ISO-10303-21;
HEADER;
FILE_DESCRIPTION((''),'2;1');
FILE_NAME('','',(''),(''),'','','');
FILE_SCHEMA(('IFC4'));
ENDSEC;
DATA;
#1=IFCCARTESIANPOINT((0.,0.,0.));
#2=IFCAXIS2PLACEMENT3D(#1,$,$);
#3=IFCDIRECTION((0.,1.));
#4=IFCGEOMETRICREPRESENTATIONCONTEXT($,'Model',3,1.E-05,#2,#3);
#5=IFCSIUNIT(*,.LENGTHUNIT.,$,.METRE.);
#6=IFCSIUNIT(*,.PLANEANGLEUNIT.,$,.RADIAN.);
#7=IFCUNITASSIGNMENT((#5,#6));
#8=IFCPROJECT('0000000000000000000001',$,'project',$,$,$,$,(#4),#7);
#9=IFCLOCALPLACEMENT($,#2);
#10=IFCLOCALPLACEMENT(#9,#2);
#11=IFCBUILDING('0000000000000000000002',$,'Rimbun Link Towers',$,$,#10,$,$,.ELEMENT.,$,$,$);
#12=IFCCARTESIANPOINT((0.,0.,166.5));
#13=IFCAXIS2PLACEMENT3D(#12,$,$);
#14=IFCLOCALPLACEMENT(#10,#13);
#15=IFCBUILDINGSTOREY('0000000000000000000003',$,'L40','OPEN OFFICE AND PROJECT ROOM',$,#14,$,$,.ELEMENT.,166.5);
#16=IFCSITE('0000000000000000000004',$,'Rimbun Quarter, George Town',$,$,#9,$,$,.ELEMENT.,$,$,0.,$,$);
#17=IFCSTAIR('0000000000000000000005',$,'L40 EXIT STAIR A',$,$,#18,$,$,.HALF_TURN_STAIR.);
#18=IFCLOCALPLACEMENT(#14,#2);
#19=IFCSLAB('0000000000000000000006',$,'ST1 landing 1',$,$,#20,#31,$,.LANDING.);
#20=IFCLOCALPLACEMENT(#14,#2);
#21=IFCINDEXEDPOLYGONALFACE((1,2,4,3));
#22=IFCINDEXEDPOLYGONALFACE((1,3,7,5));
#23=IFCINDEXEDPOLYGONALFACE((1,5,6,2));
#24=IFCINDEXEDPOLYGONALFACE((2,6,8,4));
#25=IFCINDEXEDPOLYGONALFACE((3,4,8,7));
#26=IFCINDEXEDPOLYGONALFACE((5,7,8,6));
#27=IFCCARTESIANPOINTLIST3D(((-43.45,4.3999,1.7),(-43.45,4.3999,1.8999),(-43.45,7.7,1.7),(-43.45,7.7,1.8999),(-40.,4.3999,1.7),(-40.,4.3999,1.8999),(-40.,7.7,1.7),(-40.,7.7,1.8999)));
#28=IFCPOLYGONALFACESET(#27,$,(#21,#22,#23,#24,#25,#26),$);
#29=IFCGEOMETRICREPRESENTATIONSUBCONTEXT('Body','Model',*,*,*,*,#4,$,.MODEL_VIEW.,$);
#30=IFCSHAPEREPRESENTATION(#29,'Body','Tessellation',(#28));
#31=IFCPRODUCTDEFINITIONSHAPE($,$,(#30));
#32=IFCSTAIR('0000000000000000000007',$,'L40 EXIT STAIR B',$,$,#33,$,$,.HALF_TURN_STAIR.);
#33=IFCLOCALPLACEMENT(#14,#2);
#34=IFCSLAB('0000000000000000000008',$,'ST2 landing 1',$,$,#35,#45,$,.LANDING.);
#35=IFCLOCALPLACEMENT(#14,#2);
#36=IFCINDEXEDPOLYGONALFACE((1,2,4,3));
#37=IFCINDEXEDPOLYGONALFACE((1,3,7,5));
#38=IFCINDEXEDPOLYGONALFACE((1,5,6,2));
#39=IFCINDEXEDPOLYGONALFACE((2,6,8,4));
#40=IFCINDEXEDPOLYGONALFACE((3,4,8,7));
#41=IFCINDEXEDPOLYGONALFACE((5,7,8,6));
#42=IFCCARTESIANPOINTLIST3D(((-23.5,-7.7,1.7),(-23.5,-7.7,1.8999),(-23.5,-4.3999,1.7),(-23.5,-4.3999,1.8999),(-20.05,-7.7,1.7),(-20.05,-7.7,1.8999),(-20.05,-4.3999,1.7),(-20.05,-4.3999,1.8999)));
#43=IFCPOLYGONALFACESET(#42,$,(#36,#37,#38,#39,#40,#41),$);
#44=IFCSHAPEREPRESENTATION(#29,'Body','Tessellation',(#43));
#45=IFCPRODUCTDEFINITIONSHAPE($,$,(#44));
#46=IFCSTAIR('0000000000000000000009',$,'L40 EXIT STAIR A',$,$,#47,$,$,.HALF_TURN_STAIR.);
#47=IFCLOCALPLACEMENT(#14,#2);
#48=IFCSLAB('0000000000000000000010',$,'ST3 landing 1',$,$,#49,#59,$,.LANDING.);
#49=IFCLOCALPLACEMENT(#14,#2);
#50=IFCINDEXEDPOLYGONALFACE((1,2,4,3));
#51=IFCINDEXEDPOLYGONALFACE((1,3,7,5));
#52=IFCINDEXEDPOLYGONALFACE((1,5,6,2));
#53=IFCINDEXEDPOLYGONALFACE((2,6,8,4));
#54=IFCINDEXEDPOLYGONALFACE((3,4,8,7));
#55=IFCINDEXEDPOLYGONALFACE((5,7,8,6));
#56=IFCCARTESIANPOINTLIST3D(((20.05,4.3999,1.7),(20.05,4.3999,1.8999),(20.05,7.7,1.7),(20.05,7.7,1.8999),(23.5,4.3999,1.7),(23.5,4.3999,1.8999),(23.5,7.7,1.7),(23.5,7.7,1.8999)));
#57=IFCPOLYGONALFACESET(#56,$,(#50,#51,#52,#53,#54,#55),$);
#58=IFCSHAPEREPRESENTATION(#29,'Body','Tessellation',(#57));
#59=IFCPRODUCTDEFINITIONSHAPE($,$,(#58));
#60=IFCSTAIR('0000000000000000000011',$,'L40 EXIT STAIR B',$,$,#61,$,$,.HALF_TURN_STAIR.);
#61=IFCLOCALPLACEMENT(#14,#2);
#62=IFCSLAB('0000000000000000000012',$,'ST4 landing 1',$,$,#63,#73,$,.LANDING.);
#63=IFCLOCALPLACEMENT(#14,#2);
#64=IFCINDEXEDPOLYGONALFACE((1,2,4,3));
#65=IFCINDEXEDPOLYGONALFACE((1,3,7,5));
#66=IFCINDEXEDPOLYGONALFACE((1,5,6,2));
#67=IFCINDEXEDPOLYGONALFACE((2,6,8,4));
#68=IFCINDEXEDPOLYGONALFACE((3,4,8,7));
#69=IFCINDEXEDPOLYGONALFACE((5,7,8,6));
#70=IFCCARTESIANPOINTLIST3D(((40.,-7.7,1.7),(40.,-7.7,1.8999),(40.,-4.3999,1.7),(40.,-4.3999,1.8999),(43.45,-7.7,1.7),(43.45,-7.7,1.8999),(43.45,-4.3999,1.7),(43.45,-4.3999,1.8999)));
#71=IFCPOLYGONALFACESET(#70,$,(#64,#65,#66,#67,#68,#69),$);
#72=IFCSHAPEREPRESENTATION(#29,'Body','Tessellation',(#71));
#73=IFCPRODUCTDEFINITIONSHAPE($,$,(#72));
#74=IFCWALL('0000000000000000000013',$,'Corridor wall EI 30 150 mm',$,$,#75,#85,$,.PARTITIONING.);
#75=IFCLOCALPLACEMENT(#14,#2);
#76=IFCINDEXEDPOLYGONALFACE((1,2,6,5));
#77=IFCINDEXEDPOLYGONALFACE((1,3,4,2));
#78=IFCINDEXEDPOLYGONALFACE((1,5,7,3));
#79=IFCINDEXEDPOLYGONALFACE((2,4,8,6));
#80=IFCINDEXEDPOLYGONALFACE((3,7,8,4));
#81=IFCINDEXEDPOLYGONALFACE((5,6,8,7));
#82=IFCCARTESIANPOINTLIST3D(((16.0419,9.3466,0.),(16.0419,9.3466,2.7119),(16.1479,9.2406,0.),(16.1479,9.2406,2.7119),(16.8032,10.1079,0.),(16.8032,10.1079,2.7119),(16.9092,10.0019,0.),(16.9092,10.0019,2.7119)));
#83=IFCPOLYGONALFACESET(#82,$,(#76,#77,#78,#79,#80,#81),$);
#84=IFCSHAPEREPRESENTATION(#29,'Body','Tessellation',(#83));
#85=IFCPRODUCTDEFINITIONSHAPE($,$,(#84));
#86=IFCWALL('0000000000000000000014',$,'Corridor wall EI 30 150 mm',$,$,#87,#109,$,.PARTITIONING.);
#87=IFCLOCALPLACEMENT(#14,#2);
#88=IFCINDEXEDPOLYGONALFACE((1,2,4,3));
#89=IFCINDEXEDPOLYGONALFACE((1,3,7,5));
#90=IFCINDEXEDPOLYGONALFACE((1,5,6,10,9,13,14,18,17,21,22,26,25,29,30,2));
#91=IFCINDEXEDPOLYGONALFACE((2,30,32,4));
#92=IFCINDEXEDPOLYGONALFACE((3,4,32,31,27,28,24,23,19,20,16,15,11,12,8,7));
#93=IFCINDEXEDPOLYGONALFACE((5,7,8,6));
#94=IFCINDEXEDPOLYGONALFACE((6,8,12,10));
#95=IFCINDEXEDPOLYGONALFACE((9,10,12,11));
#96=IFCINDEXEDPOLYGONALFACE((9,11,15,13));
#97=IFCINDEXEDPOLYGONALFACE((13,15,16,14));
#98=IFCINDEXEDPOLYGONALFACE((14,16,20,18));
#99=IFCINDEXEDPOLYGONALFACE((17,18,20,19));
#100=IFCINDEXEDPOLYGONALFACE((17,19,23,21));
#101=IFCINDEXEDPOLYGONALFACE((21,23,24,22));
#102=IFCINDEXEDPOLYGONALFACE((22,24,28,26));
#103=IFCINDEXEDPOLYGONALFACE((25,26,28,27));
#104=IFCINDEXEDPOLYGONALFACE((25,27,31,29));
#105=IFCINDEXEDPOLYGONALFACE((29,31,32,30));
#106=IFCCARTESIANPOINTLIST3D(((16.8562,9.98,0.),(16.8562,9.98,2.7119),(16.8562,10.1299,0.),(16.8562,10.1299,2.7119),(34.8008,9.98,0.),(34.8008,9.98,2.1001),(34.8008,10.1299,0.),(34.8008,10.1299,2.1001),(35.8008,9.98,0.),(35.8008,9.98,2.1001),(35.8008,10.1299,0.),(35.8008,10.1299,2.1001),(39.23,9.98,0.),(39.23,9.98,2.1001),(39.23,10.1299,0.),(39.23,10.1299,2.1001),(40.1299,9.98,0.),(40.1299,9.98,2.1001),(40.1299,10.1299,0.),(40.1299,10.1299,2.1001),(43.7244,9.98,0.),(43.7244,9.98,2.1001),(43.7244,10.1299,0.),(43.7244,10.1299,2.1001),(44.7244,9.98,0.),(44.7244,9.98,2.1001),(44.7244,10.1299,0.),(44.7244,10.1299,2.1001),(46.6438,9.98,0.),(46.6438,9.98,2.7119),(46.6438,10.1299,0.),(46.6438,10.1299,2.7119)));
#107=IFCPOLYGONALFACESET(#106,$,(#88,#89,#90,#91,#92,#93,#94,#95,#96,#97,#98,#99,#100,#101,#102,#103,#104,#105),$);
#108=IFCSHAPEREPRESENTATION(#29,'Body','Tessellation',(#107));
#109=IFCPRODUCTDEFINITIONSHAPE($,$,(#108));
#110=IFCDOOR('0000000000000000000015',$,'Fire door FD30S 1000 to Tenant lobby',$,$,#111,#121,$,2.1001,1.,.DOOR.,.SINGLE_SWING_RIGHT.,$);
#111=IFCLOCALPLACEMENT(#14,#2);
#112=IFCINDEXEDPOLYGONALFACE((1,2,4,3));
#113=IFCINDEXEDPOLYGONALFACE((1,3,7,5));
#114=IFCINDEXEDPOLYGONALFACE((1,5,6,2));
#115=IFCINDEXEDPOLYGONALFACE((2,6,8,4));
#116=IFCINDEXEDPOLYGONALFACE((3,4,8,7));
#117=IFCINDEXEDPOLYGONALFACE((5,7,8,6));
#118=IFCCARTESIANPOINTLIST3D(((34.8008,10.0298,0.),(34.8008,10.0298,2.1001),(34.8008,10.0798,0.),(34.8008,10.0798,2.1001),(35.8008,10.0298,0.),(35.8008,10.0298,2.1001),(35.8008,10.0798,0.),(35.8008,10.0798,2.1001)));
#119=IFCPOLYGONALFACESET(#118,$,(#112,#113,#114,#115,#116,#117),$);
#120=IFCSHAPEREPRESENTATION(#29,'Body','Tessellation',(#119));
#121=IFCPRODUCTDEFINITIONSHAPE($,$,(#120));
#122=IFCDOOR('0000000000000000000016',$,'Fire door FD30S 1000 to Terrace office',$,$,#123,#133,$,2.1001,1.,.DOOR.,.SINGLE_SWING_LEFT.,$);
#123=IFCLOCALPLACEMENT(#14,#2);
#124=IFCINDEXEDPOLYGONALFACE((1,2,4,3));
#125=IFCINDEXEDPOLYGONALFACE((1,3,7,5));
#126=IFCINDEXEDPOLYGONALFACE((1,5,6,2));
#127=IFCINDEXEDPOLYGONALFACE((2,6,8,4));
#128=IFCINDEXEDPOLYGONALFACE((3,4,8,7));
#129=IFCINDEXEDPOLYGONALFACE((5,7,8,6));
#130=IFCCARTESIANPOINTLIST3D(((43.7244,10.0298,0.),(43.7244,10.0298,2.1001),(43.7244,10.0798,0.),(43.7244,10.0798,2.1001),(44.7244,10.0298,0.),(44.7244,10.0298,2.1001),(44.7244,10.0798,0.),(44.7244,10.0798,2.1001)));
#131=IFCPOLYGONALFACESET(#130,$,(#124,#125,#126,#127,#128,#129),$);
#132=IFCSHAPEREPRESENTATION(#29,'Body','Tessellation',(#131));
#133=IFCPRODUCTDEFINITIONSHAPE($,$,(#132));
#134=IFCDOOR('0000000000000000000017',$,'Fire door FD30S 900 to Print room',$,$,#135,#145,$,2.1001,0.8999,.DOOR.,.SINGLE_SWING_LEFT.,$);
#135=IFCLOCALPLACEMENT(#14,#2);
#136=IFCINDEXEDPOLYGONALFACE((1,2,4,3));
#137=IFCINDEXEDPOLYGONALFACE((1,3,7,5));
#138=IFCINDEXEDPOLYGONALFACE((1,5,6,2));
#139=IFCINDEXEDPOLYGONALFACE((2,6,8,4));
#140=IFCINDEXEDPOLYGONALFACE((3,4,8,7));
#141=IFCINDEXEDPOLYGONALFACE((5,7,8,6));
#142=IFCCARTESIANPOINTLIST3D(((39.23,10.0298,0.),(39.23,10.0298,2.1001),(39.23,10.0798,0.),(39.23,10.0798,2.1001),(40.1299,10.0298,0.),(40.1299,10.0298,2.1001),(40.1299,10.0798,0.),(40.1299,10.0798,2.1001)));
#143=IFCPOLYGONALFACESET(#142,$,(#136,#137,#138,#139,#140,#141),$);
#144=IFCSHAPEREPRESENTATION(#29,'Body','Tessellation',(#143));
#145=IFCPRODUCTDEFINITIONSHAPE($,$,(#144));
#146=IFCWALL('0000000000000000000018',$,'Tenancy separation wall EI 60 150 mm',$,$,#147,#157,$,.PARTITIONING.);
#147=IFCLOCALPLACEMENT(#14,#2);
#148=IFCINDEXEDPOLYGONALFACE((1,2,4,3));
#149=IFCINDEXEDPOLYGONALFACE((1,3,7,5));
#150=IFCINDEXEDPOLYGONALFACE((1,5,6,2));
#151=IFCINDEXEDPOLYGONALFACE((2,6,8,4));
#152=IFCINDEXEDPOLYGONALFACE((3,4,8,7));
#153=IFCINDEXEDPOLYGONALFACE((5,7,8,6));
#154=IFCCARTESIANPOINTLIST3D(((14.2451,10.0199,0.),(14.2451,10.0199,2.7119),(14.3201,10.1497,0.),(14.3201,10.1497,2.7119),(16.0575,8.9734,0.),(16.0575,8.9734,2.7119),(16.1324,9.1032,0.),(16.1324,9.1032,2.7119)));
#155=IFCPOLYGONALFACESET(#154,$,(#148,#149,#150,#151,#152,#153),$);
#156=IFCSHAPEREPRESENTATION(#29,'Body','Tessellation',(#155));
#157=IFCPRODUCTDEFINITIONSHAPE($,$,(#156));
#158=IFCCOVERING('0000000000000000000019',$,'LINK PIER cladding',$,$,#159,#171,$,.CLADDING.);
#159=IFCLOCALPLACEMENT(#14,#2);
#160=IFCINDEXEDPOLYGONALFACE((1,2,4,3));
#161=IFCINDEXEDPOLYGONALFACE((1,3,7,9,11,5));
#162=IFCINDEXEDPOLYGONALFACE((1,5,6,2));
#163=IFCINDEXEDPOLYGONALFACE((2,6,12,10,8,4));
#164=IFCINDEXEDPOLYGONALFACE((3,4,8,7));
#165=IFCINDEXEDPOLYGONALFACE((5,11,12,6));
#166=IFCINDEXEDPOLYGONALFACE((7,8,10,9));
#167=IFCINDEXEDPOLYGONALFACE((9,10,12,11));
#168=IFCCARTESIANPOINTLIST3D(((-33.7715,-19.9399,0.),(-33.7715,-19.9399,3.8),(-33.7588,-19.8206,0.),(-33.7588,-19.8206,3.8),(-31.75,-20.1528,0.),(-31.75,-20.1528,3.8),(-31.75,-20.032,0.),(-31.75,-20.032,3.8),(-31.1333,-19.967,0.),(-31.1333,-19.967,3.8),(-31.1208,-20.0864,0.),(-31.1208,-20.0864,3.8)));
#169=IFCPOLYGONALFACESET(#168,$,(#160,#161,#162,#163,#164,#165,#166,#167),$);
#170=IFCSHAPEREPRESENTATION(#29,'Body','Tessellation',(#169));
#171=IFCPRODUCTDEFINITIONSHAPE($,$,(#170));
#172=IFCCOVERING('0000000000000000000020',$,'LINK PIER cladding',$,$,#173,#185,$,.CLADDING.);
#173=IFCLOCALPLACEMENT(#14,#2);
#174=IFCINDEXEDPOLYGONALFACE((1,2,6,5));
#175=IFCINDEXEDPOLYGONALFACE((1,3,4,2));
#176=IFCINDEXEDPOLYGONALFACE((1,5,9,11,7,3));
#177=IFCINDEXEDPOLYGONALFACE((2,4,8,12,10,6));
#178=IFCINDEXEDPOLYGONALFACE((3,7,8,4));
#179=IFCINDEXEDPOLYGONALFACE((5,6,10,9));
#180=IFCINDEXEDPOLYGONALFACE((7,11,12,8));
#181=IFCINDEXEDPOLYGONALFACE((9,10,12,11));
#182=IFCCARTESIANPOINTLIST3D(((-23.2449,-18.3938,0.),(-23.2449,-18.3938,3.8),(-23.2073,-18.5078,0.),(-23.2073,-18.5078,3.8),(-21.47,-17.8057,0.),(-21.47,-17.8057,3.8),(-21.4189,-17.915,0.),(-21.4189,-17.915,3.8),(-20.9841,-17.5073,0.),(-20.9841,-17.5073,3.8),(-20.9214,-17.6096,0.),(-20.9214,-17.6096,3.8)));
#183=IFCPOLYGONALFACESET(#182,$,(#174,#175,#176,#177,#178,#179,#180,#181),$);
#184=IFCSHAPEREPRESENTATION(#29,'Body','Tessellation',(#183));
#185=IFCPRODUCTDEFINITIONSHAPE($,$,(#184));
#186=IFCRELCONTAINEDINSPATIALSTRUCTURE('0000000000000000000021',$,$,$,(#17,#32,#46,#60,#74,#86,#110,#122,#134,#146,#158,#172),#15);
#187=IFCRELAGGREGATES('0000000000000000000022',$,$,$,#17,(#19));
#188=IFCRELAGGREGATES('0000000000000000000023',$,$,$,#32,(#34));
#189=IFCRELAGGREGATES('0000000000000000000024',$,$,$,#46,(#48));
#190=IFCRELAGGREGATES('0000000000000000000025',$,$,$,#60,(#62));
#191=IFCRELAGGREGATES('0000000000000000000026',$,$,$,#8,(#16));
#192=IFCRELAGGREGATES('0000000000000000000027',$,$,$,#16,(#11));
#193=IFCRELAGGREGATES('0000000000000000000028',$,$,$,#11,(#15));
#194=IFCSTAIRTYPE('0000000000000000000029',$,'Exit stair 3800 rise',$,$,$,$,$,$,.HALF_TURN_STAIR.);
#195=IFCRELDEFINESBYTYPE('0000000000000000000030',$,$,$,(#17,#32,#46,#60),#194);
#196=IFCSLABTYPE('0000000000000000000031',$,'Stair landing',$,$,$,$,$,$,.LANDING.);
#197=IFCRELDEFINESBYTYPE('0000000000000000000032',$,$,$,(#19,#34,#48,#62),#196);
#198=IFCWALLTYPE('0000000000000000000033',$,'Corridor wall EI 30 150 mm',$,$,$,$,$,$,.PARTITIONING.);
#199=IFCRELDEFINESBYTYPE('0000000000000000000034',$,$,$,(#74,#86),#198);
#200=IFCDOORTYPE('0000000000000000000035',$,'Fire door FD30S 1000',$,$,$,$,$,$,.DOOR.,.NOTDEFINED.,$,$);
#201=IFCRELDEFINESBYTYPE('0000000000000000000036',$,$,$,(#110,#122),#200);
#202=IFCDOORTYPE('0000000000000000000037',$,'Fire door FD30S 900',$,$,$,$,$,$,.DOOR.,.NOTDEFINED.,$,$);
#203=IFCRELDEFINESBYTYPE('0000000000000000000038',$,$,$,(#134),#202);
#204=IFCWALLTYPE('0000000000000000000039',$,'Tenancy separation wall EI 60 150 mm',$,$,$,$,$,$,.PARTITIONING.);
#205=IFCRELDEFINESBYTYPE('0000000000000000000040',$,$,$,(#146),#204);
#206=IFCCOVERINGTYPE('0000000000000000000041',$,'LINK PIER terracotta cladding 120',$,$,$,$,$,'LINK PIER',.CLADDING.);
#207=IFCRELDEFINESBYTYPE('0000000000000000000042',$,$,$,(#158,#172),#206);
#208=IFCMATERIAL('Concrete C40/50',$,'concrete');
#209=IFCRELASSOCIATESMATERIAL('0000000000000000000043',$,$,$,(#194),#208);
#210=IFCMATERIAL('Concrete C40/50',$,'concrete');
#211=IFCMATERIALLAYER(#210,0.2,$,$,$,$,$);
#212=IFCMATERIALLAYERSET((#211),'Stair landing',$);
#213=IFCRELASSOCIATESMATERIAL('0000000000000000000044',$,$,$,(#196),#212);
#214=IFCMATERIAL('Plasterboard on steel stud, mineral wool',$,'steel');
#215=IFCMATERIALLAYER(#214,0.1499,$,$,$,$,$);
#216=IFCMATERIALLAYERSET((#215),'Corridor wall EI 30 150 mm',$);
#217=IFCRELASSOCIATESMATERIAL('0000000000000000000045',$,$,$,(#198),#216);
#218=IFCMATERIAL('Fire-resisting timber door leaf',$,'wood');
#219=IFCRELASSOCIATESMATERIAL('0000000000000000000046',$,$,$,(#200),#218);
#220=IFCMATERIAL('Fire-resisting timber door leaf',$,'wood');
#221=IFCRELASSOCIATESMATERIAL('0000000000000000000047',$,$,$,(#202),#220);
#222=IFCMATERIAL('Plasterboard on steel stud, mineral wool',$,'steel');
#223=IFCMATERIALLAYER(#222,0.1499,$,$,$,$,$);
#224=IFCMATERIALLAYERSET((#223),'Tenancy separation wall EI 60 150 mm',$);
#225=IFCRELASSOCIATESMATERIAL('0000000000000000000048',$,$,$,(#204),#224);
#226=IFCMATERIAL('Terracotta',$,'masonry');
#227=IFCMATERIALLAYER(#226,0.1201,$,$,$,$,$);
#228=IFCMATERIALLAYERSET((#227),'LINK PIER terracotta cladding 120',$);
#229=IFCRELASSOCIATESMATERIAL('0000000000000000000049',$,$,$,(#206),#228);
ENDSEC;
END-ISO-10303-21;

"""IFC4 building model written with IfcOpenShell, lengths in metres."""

from ifc_helpers import new_model, si_unit, direction, frame, frame_2d, origin, place, context, subcontext, project, spatial, polyline, rectangle, outline, extrude, material, layer, layer_set, type_object, element, fill, aggregate, save


model = new_model("IFC4")

# Units and contexts
model_context = context("Model", 3, precision=1e-05, world=origin(), true_north=direction((0.0, 1.0)))
body_context = subcontext(model_context, "Body", "Model", "MODEL_VIEW")
ifc_project = project(units=[si_unit("LENGTHUNIT", "METRE"), si_unit("PLANEANGLEUNIT", "RADIAN")], contexts=[model_context])

# Site, building, storey
site_placement = place(None, origin())
site = spatial("IfcSite", under=ifc_project, at=site_placement, Name="Rimbun Quarter, George Town", CompositionType="ELEMENT", RefElevation=0.0)
building_placement = place(site_placement, origin())
building = spatial("IfcBuilding", under=site, at=building_placement, Name="Rimbun Link Towers", CompositionType="ELEMENT")
storey_placement = place(building_placement, frame((0.0, 0.0, 166.5)))
storey = spatial("IfcBuildingStorey", under=building, at=storey_placement, Name="L40", Description="OPEN OFFICE AND PROJECT ROOM", CompositionType="ELEMENT", Elevation=166.5)

# Stairs, slabs
ifc_material_1 = material(Name="Concrete C40/50", Category="concrete")
stair_type = type_object("IfcStairType", Name="Exit stair 3800 rise", PredefinedType="HALF_TURN_STAIR", material=ifc_material_1)
stair_1_placement = place(storey_placement, origin())
stair_1 = element("IfcStair", 1, at=stair_1_placement, inside=storey, type_object=stair_type, Name="L40 EXIT STAIR A", PredefinedType="HALF_TURN_STAIR")
ifc_material_2 = material(Name="Concrete C40/50", Category="concrete")
ifc_layer_1 = layer(ifc_material_2, 0.2)
ifc_layer_set_1 = layer_set([ifc_layer_1], Name="Stair landing")
slab_type = type_object("IfcSlabType", Name="Stair landing", PredefinedType="LANDING", material=ifc_layer_set_1)
slab_1_placement = place(storey_placement, frame((0.0, 0.0, 1.7)))
slab_1 = element("IfcSlab", 2, at=slab_1_placement, type_object=slab_type, Name="ST1 landing 1", PredefinedType="LANDING", context=body_context, shape_type="SweptSolid", body=[
    extrude(outline(polyline([(-40.0, 7.7), (-43.45, 7.7), (-43.45, 4.3999), (-40.0, 4.3999), (-40.0, 7.7)])), origin(), (0.0, 0.0, 1.0), 0.2),
])
aggregate(stair_1, [slab_1])
stair_2_placement = place(storey_placement, origin())
stair_2 = element("IfcStair", 3, at=stair_2_placement, inside=storey, type_object=stair_type, Name="L40 EXIT STAIR B", PredefinedType="HALF_TURN_STAIR")
slab_2_placement = place(storey_placement, frame((0.0, 0.0, 1.7)))
slab_2 = element("IfcSlab", 4, at=slab_2_placement, type_object=slab_type, Name="ST2 landing 1", PredefinedType="LANDING", context=body_context, shape_type="SweptSolid", body=[
    extrude(outline(polyline([(-23.5, -7.7), (-20.05, -7.7), (-20.05, -4.3999), (-23.5, -4.3999), (-23.5, -7.7)])), origin(), (0.0, 0.0, 1.0), 0.2),
])
aggregate(stair_2, [slab_2])
stair_3_placement = place(storey_placement, origin())
stair_3 = element("IfcStair", 5, at=stair_3_placement, inside=storey, type_object=stair_type, Name="L40 EXIT STAIR A", PredefinedType="HALF_TURN_STAIR")
slab_3_placement = place(storey_placement, frame((0.0, 0.0, 1.7)))
slab_3 = element("IfcSlab", 6, at=slab_3_placement, type_object=slab_type, Name="ST3 landing 1", PredefinedType="LANDING", context=body_context, shape_type="SweptSolid", body=[
    extrude(outline(polyline([(23.5, 7.7), (20.05, 7.7), (20.05, 4.3999), (23.5, 4.3999), (23.5, 7.7)])), origin(), (0.0, 0.0, 1.0), 0.2),
])
aggregate(stair_3, [slab_3])
stair_4_placement = place(storey_placement, origin())
stair_4 = element("IfcStair", 7, at=stair_4_placement, inside=storey, type_object=stair_type, Name="L40 EXIT STAIR B", PredefinedType="HALF_TURN_STAIR")
slab_4_placement = place(storey_placement, frame((0.0, 0.0, 1.7)))
slab_4 = element("IfcSlab", 8, at=slab_4_placement, type_object=slab_type, Name="ST4 landing 1", PredefinedType="LANDING", context=body_context, shape_type="SweptSolid", body=[
    extrude(outline(polyline([(40.0, -7.7), (43.45, -7.7), (43.45, -4.3999), (40.0, -4.3999), (40.0, -7.7)])), origin(), (0.0, 0.0, 1.0), 0.2),
])
aggregate(stair_4, [slab_4])

# Wall
ifc_material_3 = material(Name="Plasterboard on steel stud, mineral wool", Category="steel")
ifc_layer_2 = layer(ifc_material_3, 0.1499)
ifc_layer_set_2 = layer_set([ifc_layer_2], Name="Corridor wall EI 30 150 mm")
wall_type_1 = type_object("IfcWallType", Name="Corridor wall EI 30 150 mm", PredefinedType="PARTITIONING", material=ifc_layer_set_2)
wall_1_placement = place(storey_placement, frame((16.8562, 10.0549, 0.0), z_axis=(0.0, 0.0, 1.0), x_axis=(-0.707107, -0.707107, 0.0)))
element("IfcWall", 9, at=wall_1_placement, inside=storey, type_object=wall_type_1, Name="Corridor wall EI 30 150 mm", PredefinedType="PARTITIONING", context=body_context, shape_type="SweptSolid", body=[
    extrude(rectangle(XDim=1.0767, YDim=0.1499, at=frame_2d((0.5383, 0.0))), origin(), (0.0, 0.0, 1.0), 2.7119),
])

# Wall, openings, doors
wall_2_placement = place(storey_placement, frame((16.8562, 10.0549, 0.0), z_axis=(0.0, 0.0, 1.0), x_axis=(1.0, 0.0, 0.0)))
wall_2 = element("IfcWall", 10, at=wall_2_placement, inside=storey, type_object=wall_type_1, Name="Corridor wall EI 30 150 mm", PredefinedType="PARTITIONING", context=body_context, shape_type="SweptSolid", body=[
    extrude(rectangle(XDim=29.7876, YDim=0.1499, at=frame_2d((14.8938, 0.0))), origin(), (0.0, 0.0, 1.0), 2.7119),
])
opening_1_placement = place(wall_2_placement, frame((22.3738, 0.0, 0.0)))
opening_1 = element("IfcOpeningElement", 11, at=opening_1_placement, cuts=wall_2, PredefinedType="OPENING", context=body_context, shape_type="SweptSolid", body=[
    extrude(rectangle(XDim=0.8999, YDim=2.1001, at=frame_2d((0.45, 1.05))), frame((0.0, 0.085, 0.0), z_axis=(0.0, -1.0, 0.0), x_axis=(1.0, 0.0, 0.0)), (0.0, 0.0, 1.0), 0.1699),
])
opening_2_placement = place(wall_2_placement, frame((17.9446, 0.0, 0.0)))
opening_2 = element("IfcOpeningElement", 12, at=opening_2_placement, cuts=wall_2, PredefinedType="OPENING", context=body_context, shape_type="SweptSolid", body=[
    extrude(rectangle(XDim=1.0, YDim=2.1001, at=frame_2d((0.5, 1.05))), frame((0.0, 0.085, 0.0), z_axis=(0.0, -1.0, 0.0), x_axis=(1.0, 0.0, 0.0)), (0.0, 0.0, 1.0), 0.1699),
])
opening_3_placement = place(wall_2_placement, frame((26.8682, 0.0, 0.0)))
opening_3 = element("IfcOpeningElement", 13, at=opening_3_placement, cuts=wall_2, PredefinedType="OPENING", context=body_context, shape_type="SweptSolid", body=[
    extrude(rectangle(XDim=1.0, YDim=2.1001, at=frame_2d((0.5, 1.05))), frame((0.0, 0.085, 0.0), z_axis=(0.0, -1.0, 0.0), x_axis=(1.0, 0.0, 0.0)), (0.0, 0.0, 1.0), 0.1699),
])
ifc_material_4 = material(Name="Fire-resisting timber door leaf", Category="wood")
door_type_1 = type_object("IfcDoorType", Name="Fire door FD30S 1000", OperationType="NOTDEFINED", PredefinedType="DOOR", material=ifc_material_4)
door_1_placement = place(opening_2_placement, origin())
door_1 = element("IfcDoor", 14, at=door_1_placement, inside=storey, type_object=door_type_1, Name="Fire door FD30S 1000 to Tenant lobby", OperationType="SINGLE_SWING_RIGHT", OverallHeight=2.1001, OverallWidth=1.0, PredefinedType="DOOR", context=body_context, shape_type="SweptSolid", body=[
    extrude(rectangle(XDim=1.0, YDim=2.1001, at=frame_2d((0.5, 1.05))), frame((0.0, 0.0249, 0.0), z_axis=(0.0, -1.0, 0.0), x_axis=(1.0, 0.0, 0.0)), (0.0, 0.0, 1.0), 0.05),
])
fill(opening_2, door_1)
door_2_placement = place(opening_3_placement, origin())
door_2 = element("IfcDoor", 15, at=door_2_placement, inside=storey, type_object=door_type_1, Name="Fire door FD30S 1000 to Terrace office", OperationType="SINGLE_SWING_LEFT", OverallHeight=2.1001, OverallWidth=1.0, PredefinedType="DOOR", context=body_context, shape_type="SweptSolid", body=[
    extrude(rectangle(XDim=1.0, YDim=2.1001, at=frame_2d((0.5, 1.05))), frame((0.0, 0.0249, 0.0), z_axis=(0.0, -1.0, 0.0), x_axis=(1.0, 0.0, 0.0)), (0.0, 0.0, 1.0), 0.05),
])
fill(opening_3, door_2)
ifc_material_5 = material(Name="Fire-resisting timber door leaf", Category="wood")
door_type_2 = type_object("IfcDoorType", Name="Fire door FD30S 900", OperationType="NOTDEFINED", PredefinedType="DOOR", material=ifc_material_5)
door_3_placement = place(opening_1_placement, origin())
door_3 = element("IfcDoor", 16, at=door_3_placement, inside=storey, type_object=door_type_2, Name="Fire door FD30S 900 to Print room", OperationType="SINGLE_SWING_LEFT", OverallHeight=2.1001, OverallWidth=0.8999, PredefinedType="DOOR", context=body_context, shape_type="SweptSolid", body=[
    extrude(rectangle(XDim=0.8999, YDim=2.1001, at=frame_2d((0.45, 1.05))), frame((0.0, 0.0249, 0.0), z_axis=(0.0, -1.0, 0.0), x_axis=(1.0, 0.0, 0.0)), (0.0, 0.0, 1.0), 0.05),
])
fill(opening_1, door_3)

# Wall
ifc_material_6 = material(Name="Plasterboard on steel stud, mineral wool", Category="steel")
ifc_layer_3 = layer(ifc_material_6, 0.1499)
ifc_layer_set_3 = layer_set([ifc_layer_3], Name="Tenancy separation wall EI 60 150 mm")
wall_type_2 = type_object("IfcWallType", Name="Tenancy separation wall EI 60 150 mm", PredefinedType="PARTITIONING", material=ifc_layer_set_3)
wall_3_placement = place(storey_placement, frame((16.095, 9.0383, 0.0), z_axis=(0.0, 0.0, 1.0), x_axis=(-0.866009, 0.500029, 0.0)))
element("IfcWall", 17, at=wall_3_placement, inside=storey, type_object=wall_type_2, Name="Tenancy separation wall EI 60 150 mm", PredefinedType="PARTITIONING", context=body_context, shape_type="SweptSolid", body=[
    extrude(rectangle(XDim=2.0928, YDim=0.1499, at=frame_2d((1.0464, 0.0))), origin(), (0.0, 0.0, 1.0), 2.7119),
])

# Coverings
ifc_material_7 = material(Name="Terracotta", Category="masonry")
ifc_layer_4 = layer(ifc_material_7, 0.1201)
ifc_layer_set_4 = layer_set([ifc_layer_4], Name="LINK PIER terracotta cladding 120")
covering_type_1 = type_object("IfcCoveringType", Name="LINK PIER terracotta cladding 120", ElementType="LINK PIER", PredefinedType="CLADDING", material=ifc_layer_set_4)
covering_1_placement = place(storey_placement, origin())
element("IfcCovering", 18, at=covering_1_placement, inside=storey, type_object=covering_type_1, Name="LINK PIER cladding", PredefinedType="CLADDING", context=body_context, shape_type="SweptSolid", body=[
    extrude(outline(polyline([(-31.1333, -19.967), (-31.75, -20.032), (-33.7588, -19.8206), (-33.7715, -19.9399), (-31.75, -20.1528), (-31.1208, -20.0864), (-31.1333, -19.967)])), origin(), (0.0, 0.0, 1.0), 3.8),
])
covering_2_placement = place(storey_placement, origin())
element("IfcCovering", 19, at=covering_2_placement, inside=storey, type_object=covering_type_1, Name="LINK PIER cladding", PredefinedType="CLADDING", context=body_context, shape_type="SweptSolid", body=[
    extrude(outline(polyline([(-20.9841, -17.5073), (-21.47, -17.8057), (-23.2449, -18.3938), (-23.2073, -18.5078), (-21.4189, -17.915), (-20.9214, -17.6096), (-20.9841, -17.5073)])), origin(), (0.0, 0.0, 1.0), 3.8),
])

save(model, "model.ifc")
